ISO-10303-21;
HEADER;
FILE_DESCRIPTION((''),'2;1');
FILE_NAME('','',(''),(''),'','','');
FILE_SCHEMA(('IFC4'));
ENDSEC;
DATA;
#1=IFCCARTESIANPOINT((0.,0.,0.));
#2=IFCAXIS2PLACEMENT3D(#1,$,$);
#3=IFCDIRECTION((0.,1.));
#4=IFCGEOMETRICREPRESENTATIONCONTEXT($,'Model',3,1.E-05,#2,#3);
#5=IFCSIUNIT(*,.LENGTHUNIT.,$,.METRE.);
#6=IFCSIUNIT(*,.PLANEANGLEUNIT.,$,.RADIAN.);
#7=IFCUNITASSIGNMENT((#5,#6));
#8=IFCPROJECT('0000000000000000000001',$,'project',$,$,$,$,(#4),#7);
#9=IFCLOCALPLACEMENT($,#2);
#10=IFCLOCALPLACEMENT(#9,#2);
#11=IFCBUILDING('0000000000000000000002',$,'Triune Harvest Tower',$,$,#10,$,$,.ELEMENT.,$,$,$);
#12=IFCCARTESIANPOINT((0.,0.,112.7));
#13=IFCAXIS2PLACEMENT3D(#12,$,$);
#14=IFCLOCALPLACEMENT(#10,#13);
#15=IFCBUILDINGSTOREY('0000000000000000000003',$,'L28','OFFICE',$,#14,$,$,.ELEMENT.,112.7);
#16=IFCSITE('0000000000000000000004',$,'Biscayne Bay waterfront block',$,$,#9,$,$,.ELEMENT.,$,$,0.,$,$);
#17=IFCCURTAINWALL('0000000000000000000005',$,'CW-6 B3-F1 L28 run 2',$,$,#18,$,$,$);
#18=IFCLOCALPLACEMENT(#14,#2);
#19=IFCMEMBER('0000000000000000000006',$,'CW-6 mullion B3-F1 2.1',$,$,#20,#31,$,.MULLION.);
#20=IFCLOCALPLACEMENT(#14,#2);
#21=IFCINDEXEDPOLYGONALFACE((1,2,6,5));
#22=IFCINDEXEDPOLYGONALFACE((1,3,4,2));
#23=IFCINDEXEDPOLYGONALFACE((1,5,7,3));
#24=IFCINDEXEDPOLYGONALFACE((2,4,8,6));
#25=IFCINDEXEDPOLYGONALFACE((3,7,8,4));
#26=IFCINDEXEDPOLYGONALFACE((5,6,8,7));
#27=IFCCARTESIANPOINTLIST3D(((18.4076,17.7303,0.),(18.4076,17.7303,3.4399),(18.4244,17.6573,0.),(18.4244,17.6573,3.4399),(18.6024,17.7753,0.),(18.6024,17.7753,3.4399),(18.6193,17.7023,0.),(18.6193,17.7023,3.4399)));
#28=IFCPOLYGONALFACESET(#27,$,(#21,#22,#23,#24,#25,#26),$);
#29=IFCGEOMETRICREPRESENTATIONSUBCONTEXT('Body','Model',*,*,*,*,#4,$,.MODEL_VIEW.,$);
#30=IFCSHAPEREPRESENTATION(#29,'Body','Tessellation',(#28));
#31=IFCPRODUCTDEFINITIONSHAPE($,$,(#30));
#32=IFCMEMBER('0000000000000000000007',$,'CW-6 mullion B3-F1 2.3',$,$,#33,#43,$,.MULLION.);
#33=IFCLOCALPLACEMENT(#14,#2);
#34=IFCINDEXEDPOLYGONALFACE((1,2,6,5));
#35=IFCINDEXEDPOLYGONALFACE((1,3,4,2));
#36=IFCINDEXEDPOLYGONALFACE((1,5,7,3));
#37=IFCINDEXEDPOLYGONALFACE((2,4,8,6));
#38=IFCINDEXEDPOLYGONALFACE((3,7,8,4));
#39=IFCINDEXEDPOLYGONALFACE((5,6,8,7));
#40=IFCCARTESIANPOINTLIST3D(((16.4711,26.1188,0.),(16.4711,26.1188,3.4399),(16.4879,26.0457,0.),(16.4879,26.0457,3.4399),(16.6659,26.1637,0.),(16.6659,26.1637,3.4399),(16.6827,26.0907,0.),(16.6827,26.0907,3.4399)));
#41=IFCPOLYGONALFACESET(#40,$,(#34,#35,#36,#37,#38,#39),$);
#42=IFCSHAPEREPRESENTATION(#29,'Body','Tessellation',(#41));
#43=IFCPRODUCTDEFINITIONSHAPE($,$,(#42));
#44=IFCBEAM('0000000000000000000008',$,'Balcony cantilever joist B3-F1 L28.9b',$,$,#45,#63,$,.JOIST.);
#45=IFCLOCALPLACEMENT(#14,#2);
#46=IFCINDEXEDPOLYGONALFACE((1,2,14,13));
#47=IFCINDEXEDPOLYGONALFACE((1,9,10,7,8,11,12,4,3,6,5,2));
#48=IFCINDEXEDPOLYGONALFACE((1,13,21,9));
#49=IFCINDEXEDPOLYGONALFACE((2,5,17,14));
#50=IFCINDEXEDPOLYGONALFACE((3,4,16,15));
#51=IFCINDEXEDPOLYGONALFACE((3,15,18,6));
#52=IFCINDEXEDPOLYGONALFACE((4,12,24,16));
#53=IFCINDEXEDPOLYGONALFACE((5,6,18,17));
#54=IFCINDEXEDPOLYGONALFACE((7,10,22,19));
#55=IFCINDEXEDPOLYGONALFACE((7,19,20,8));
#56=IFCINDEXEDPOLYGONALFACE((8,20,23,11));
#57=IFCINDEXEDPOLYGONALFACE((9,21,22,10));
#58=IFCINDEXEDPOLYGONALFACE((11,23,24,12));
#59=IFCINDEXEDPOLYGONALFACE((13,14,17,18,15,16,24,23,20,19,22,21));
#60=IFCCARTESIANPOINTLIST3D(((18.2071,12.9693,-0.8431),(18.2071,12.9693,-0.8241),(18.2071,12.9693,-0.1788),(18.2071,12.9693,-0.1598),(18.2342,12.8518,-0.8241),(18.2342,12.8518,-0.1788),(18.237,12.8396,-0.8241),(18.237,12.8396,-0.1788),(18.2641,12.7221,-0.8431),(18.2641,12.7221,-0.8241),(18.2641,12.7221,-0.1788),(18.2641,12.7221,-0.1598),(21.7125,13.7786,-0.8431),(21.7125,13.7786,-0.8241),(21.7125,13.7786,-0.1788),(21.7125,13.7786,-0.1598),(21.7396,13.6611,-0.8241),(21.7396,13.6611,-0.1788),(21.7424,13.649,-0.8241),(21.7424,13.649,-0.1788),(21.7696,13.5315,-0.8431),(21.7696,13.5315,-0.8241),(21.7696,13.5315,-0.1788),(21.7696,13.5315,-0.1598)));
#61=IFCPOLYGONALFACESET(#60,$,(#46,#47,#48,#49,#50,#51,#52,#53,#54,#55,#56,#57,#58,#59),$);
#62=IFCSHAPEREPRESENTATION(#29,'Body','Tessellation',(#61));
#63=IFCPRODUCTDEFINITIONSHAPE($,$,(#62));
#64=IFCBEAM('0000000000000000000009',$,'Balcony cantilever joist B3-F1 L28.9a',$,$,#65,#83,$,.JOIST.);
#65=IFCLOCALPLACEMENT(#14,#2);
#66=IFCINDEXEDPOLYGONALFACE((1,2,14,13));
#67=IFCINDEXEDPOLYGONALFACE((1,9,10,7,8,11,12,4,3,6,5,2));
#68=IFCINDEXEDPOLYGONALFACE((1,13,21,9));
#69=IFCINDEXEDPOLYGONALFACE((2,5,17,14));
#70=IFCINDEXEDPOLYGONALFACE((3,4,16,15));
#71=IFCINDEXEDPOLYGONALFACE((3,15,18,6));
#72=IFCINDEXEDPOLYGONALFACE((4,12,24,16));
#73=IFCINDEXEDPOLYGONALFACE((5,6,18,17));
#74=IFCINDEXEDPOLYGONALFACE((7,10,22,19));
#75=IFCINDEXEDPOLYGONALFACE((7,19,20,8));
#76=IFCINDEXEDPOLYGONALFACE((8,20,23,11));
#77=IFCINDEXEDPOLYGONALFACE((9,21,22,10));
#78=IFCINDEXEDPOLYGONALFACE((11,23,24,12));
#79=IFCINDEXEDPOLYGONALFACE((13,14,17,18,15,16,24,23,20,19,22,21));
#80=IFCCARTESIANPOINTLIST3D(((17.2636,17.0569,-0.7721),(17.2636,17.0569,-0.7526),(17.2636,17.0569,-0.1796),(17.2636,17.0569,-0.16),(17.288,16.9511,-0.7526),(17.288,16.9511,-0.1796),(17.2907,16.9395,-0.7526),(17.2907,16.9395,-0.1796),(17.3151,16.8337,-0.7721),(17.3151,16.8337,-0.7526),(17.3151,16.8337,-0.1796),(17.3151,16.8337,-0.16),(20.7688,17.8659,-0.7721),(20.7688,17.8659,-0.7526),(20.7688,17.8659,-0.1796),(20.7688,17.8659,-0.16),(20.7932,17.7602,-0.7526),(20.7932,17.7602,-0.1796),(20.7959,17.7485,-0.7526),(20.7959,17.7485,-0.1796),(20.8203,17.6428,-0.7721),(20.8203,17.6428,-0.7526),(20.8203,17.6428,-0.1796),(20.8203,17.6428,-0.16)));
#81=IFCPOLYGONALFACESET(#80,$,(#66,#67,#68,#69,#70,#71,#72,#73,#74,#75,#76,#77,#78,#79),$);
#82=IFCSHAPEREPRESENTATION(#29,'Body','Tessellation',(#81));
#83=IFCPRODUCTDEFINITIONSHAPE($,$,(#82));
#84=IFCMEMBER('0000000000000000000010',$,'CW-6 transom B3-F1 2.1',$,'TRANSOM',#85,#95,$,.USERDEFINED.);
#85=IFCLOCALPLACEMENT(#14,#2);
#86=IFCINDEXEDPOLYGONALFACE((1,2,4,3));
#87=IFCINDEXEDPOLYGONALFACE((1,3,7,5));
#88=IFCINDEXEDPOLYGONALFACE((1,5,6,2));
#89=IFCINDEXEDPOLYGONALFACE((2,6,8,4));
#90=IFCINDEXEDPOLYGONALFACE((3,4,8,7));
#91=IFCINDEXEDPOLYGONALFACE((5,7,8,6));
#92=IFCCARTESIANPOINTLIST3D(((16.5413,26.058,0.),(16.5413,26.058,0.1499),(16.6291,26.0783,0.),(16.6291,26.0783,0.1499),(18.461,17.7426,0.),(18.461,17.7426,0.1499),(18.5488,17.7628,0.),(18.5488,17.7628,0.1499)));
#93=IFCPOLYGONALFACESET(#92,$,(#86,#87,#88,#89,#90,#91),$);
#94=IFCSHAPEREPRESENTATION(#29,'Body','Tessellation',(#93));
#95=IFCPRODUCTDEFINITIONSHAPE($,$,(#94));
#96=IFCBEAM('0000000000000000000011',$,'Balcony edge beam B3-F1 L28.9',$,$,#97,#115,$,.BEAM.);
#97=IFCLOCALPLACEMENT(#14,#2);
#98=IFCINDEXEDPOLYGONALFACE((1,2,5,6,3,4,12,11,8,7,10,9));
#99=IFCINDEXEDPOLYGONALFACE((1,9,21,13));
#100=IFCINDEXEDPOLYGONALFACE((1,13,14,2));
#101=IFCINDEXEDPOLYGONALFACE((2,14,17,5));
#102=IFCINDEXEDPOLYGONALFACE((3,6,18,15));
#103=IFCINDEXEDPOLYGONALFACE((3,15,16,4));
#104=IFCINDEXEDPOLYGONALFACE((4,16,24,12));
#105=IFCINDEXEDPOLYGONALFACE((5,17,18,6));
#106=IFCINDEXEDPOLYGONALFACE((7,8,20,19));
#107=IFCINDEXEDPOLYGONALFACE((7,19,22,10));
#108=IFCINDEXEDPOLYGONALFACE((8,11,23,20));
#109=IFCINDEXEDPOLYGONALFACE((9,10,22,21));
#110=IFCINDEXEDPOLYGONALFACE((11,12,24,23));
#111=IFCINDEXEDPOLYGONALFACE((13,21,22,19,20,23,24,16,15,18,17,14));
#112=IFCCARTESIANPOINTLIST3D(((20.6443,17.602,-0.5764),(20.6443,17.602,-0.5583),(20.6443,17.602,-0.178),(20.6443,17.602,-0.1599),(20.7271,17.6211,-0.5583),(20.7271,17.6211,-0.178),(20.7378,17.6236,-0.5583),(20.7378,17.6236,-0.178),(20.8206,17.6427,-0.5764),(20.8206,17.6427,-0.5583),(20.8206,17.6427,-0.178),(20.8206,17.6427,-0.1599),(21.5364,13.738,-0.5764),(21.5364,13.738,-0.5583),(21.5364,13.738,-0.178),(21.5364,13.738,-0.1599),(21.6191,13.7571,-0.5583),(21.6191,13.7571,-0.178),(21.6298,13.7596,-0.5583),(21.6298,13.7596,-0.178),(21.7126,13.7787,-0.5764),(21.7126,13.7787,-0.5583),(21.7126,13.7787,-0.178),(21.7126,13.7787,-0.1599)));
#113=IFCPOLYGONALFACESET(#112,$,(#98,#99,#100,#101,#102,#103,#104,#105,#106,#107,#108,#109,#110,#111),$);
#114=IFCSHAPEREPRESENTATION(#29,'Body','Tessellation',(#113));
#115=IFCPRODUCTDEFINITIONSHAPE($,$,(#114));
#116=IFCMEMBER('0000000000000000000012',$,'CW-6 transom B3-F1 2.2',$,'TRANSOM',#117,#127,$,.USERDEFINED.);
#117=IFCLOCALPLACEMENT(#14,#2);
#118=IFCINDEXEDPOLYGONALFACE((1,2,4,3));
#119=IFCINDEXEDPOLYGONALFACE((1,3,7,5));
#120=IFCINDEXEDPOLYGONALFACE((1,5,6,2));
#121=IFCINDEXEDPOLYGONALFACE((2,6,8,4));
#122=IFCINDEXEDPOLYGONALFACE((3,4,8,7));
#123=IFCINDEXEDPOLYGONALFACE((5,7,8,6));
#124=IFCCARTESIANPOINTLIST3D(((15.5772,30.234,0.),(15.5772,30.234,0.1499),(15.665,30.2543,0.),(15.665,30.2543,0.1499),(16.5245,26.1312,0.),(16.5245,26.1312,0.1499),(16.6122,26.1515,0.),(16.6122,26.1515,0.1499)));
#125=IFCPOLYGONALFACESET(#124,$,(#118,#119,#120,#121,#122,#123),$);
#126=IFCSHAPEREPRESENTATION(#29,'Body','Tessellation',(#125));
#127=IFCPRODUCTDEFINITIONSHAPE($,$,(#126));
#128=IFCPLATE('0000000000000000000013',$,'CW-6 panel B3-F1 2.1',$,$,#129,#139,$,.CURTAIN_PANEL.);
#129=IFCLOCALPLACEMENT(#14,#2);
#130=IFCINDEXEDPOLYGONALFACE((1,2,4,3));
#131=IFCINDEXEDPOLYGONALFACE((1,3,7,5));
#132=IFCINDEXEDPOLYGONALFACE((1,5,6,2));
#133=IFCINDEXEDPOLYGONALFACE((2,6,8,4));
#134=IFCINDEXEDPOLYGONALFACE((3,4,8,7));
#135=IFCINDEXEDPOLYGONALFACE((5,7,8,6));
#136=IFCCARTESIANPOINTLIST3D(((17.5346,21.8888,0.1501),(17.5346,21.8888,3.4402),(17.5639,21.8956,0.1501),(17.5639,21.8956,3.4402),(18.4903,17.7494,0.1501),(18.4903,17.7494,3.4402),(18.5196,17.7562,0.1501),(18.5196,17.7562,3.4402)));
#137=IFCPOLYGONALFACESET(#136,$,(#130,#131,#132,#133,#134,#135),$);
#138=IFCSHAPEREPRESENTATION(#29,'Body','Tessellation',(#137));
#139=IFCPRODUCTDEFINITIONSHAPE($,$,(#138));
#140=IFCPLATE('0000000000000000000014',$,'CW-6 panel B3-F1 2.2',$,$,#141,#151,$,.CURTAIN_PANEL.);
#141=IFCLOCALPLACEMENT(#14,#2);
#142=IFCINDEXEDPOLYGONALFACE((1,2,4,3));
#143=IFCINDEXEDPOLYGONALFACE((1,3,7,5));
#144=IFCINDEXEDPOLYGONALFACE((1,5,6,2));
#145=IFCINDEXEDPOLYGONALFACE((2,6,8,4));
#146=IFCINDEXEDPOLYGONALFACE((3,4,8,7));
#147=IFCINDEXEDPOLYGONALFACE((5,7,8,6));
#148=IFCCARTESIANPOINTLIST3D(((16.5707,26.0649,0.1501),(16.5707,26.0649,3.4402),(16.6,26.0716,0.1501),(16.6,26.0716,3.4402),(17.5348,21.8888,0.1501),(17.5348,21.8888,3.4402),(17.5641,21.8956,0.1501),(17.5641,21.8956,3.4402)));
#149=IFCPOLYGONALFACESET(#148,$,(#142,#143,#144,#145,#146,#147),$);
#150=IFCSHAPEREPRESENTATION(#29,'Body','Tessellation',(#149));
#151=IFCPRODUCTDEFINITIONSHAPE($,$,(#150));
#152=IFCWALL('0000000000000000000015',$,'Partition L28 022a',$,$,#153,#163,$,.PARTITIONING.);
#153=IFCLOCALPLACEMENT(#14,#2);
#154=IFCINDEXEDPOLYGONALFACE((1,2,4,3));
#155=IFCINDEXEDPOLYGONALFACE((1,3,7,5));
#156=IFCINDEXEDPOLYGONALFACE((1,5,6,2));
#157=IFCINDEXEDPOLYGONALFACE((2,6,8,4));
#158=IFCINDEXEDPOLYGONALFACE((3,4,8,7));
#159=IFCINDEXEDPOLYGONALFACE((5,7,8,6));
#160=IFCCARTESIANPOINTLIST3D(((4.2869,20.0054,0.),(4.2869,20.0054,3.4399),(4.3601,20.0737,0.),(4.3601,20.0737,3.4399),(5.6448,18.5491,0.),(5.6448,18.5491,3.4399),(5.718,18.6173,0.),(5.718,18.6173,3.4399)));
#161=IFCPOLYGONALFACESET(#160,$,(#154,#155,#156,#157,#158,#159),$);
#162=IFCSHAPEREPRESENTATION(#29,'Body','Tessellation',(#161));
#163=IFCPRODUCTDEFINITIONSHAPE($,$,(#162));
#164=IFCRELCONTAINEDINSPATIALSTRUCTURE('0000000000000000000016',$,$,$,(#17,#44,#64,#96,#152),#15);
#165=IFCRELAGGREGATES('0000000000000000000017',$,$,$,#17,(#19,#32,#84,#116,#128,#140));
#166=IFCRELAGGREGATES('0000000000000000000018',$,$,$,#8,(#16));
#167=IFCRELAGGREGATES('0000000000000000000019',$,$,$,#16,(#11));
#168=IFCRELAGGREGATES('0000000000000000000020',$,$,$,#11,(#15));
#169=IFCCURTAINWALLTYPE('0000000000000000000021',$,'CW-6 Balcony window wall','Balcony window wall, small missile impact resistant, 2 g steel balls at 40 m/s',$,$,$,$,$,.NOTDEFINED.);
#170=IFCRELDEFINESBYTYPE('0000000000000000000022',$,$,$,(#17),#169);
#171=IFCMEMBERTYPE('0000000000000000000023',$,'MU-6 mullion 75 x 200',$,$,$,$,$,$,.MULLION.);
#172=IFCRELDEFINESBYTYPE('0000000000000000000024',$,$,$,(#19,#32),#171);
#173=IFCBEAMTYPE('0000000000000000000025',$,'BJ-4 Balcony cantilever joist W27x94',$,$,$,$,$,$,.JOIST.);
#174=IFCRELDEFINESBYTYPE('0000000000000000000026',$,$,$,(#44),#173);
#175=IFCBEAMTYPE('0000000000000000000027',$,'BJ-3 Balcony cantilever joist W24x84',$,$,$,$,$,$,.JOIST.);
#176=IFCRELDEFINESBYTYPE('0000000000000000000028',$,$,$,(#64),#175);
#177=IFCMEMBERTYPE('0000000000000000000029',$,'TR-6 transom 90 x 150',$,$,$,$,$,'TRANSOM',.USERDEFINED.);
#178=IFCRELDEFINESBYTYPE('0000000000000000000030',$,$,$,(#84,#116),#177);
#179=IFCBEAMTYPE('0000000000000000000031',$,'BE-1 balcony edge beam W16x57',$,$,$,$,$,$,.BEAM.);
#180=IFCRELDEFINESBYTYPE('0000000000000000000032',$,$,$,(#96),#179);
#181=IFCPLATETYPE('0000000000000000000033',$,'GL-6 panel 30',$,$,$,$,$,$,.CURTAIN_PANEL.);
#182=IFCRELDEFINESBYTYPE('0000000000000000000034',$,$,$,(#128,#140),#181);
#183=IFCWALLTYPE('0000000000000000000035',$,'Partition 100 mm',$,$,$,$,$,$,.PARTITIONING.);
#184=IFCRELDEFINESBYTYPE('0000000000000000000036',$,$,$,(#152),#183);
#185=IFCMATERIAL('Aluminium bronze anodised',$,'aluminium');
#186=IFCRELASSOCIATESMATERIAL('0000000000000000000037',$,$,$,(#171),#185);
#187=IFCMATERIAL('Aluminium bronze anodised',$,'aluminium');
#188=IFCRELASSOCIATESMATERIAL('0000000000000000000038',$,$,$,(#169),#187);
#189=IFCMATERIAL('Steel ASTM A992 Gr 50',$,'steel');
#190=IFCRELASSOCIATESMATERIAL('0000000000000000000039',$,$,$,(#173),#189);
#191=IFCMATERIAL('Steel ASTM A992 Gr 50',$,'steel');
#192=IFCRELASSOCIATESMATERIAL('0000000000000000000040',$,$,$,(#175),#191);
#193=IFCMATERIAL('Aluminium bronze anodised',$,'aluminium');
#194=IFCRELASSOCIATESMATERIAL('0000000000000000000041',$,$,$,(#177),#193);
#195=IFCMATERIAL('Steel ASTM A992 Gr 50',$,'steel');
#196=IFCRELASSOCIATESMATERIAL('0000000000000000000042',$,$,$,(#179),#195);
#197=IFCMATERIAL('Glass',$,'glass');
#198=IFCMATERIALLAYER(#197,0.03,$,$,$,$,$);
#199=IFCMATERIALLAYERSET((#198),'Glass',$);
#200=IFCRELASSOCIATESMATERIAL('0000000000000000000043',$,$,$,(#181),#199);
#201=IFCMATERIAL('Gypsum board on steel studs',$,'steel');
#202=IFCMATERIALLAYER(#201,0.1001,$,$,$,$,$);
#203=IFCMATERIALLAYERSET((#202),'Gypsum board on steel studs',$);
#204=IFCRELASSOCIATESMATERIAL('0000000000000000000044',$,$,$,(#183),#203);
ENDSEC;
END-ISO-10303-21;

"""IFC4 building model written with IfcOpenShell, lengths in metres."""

from ifc_helpers import new_model, si_unit, direction, frame, frame_2d, origin, origin_2d, place, context, subcontext, project, spatial, rectangle, i_section, extrude, source, transform, mapped, material, layer, layer_set, material_profile, profile_set, type_object, element, aggregate, save


model = new_model("IFC4")

# Units and contexts
model_context = context("Model", 3, precision=1e-05, world=origin(), true_north=direction((0.0, 1.0)))
body_context = subcontext(model_context, "Body", "Model", "MODEL_VIEW")
ifc_project = project(units=[si_unit("LENGTHUNIT", "METRE"), si_unit("PLANEANGLEUNIT", "RADIAN")], contexts=[model_context])

# Site, building, storey
site_placement = place(None, origin())
site = spatial("IfcSite", under=ifc_project, at=site_placement, Name="Biscayne Bay waterfront block", CompositionType="ELEMENT", RefElevation=0.0)
building_placement = place(site_placement, origin())
building = spatial("IfcBuilding", under=site, at=building_placement, Name="Triune Harvest Tower", CompositionType="ELEMENT")
storey_placement = place(building_placement, frame((0.0, 0.0, 112.7)))
storey = spatial("IfcBuildingStorey", under=building, at=storey_placement, Name="L28", Description="OFFICE", CompositionType="ELEMENT", Elevation=112.7)

# Shared definitions
ifc_material_1 = material(Name="Aluminium bronze anodised", Category="aluminium")
ifc_material_profile_1 = material_profile(ifc_material_1, rectangle(XDim=0.2, YDim=0.075, at=origin_2d()), Name="MU-6 mullion 75 x 200")
ifc_profile_set_1 = profile_set([ifc_material_profile_1], Name="Aluminium bronze anodised")
member_type_1 = type_object("IfcMemberType", Name="MU-6 mullion 75 x 200", PredefinedType="MULLION", material=ifc_profile_set_1)
shared_shape_1 = source(origin(), body_context, "Body", "SweptSolid", [
    extrude(rectangle(XDim=0.2, YDim=0.075, at=origin_2d()), origin(), (0.0, 0.0, 1.0), 3.4399),
])

# Curtain wall, members
ifc_material_2 = material(Name="Aluminium bronze anodised", Category="aluminium")
curtain_wall_type_1 = type_object("IfcCurtainWallType", Name="CW-6 Balcony window wall", Description="Balcony window wall, small missile impact resistant, 2 g steel balls at 40 m/s", PredefinedType="NOTDEFINED", material=ifc_material_2)
curtain_wall_1_placement = place(storey_placement, origin())
curtain_wall_1 = element("IfcCurtainWall", 1, at=curtain_wall_1_placement, inside=storey, type_object=curtain_wall_type_1, Name="CW-6 B3-F1 L28 run 2")
member_1_placement = place(storey_placement, frame((18.5134, 17.7163, 0.0), z_axis=(0.0, 0.0, 1.0), x_axis=(-0.97437, -0.224951, 0.0)))
member_1 = element("IfcMember", 2, at=member_1_placement, type_object=member_type_1, Name="CW-6 mullion B3-F1 2.1", PredefinedType="MULLION", context=body_context, shape_type="MappedRepresentation", body=[
    mapped(shared_shape_1, transform((0.0, 0.0, 0.0), scale=1.0)),
])
member_2_placement = place(storey_placement, frame((16.5769, 26.1047, 0.0), z_axis=(0.0, 0.0, 1.0), x_axis=(-0.97437, -0.224951, 0.0)))
member_2 = element("IfcMember", 3, at=member_2_placement, type_object=member_type_1, Name="CW-6 mullion B3-F1 2.3", PredefinedType="MULLION", context=body_context, shape_type="MappedRepresentation", body=[
    mapped(shared_shape_1, transform((0.0, 0.0, 0.0), scale=1.0)),
])

# Beams
ifc_material_3 = material(Name="Steel ASTM A992 Gr 50", Category="steel")
ifc_material_profile_2 = material_profile(ifc_material_3, i_section(OverallWidth=0.2537, OverallDepth=0.6833, WebThickness=0.0125, FlangeThickness=0.019, at=origin_2d()), Name="W27x94")
ifc_profile_set_2 = profile_set([ifc_material_profile_2], Name="Steel ASTM A992 Gr 50")
beam_type_1 = type_object("IfcBeamType", Name="BJ-4 Balcony cantilever joist W27x94", PredefinedType="JOIST", material=ifc_profile_set_2)
shared_shape_2 = source(origin(), body_context, "Body", "SweptSolid", [
    extrude(i_section(OverallWidth=0.2537, OverallDepth=0.6833, WebThickness=0.0125, FlangeThickness=0.019, at=origin_2d()), origin(), (0.0, 0.0, 1.0), 3.5977),
])
beam_1_placement = place(storey_placement, frame((18.2356, 12.8457, -0.5015), z_axis=(0.974367, 0.224964, 0.0), x_axis=(-0.224964, 0.974367, 0.0)))
element("IfcBeam", 4, at=beam_1_placement, inside=storey, type_object=beam_type_1, Name="Balcony cantilever joist B3-F1 L28.9b", PredefinedType="JOIST", context=body_context, shape_type="MappedRepresentation", body=[
    mapped(shared_shape_2, transform((0.0, 0.0, 0.0), scale=1.0)),
])
ifc_material_4 = material(Name="Steel ASTM A992 Gr 50", Category="steel")
ifc_material_profile_3 = material_profile(ifc_material_4, i_section(OverallWidth=0.229, OverallDepth=0.6121, WebThickness=0.012, FlangeThickness=0.0195, at=origin_2d()), Name="W24x84")
ifc_profile_set_3 = profile_set([ifc_material_profile_3], Name="Steel ASTM A992 Gr 50")
beam_type_2 = type_object("IfcBeamType", Name="BJ-3 Balcony cantilever joist W24x84", PredefinedType="JOIST", material=ifc_profile_set_3)
shared_shape_3 = source(origin(), body_context, "Body", "SweptSolid", [
    extrude(i_section(OverallWidth=0.229, OverallDepth=0.6121, WebThickness=0.012, FlangeThickness=0.0195, at=origin_2d()), origin(), (0.0, 0.0, 1.0), 3.5974),
])
beam_2_placement = place(storey_placement, frame((17.2893, 16.9453, -0.4661), z_axis=(0.974382, 0.224899, 0.0), x_axis=(-0.224899, 0.974382, 0.0)))
element("IfcBeam", 5, at=beam_2_placement, inside=storey, type_object=beam_type_2, Name="Balcony cantilever joist B3-F1 L28.9a", PredefinedType="JOIST", context=body_context, shape_type="MappedRepresentation", body=[
    mapped(shared_shape_3, transform((0.0, 0.0, 0.0), scale=1.0)),
])

# Member
ifc_material_5 = material(Name="Aluminium bronze anodised", Category="aluminium")
ifc_material_profile_4 = material_profile(ifc_material_5, rectangle(XDim=0.0901, YDim=0.1499, at=origin_2d()), Name="TR-6 transom 90 x 150")
ifc_profile_set_4 = profile_set([ifc_material_profile_4], Name="Aluminium bronze anodised")
member_type_2 = type_object("IfcMemberType", Name="TR-6 transom 90 x 150", ElementType="TRANSOM", PredefinedType="USERDEFINED", material=ifc_profile_set_4)
shared_shape_4 = source(origin(), body_context, "Body", "SweptSolid", [
    extrude(rectangle(XDim=0.0901, YDim=0.1499, at=origin_2d()), origin(), (0.0, 0.0, 1.0), 8.5342),
])
member_3_placement = place(storey_placement, frame((18.5049, 17.7527, 0.075), z_axis=(-0.224941, 0.974372, 0.0), x_axis=(-0.974372, -0.224941, 0.0)))
member_3 = element("IfcMember", 6, at=member_3_placement, type_object=member_type_2, Name="CW-6 transom B3-F1 2.1", ObjectType="TRANSOM", PredefinedType="USERDEFINED", context=body_context, shape_type="MappedRepresentation", body=[
    mapped(shared_shape_4, transform((0.0, 0.0, 0.0), scale=1.0)),
])

# Beam
ifc_material_6 = material(Name="Steel ASTM A992 Gr 50", Category="steel")
ifc_material_profile_5 = material_profile(ifc_material_6, i_section(OverallWidth=0.1809, OverallDepth=0.4165, WebThickness=0.011, FlangeThickness=0.0181, at=origin_2d()), Name="W16x57")
ifc_profile_set_5 = profile_set([ifc_material_profile_5], Name="Steel ASTM A992 Gr 50")
beam_type_3 = type_object("IfcBeamType", Name="BE-1 balcony edge beam W16x57", PredefinedType="BEAM", material=ifc_profile_set_5)
shared_shape_5 = source(origin(), body_context, "Body", "SweptSolid", [
    extrude(i_section(OverallWidth=0.1809, OverallDepth=0.4165, WebThickness=0.011, FlangeThickness=0.0181, at=origin_2d()), origin(), (0.0, 0.0, 1.0), 3.9656),
])
beam_3_placement = place(storey_placement, frame((20.7324, 17.6223, -0.3682), z_axis=(0.224954, -0.974369, 0.0), x_axis=(0.974369, 0.224954, 0.0)))
element("IfcBeam", 7, at=beam_3_placement, inside=storey, type_object=beam_type_3, Name="Balcony edge beam B3-F1 L28.9", PredefinedType="BEAM", context=body_context, shape_type="MappedRepresentation", body=[
    mapped(shared_shape_5, transform((0.0, 0.0, 0.0), scale=1.0)),
])

# Member
shared_shape_6 = source(origin(), body_context, "Body", "SweptSolid", [
    extrude(rectangle(XDim=0.0901, YDim=0.1499, at=origin_2d()), origin(), (0.0, 0.0, 1.0), 4.2107),
])
member_4_placement = place(storey_placement, frame((16.5684, 26.1414, 0.075), z_axis=(-0.224965, 0.974367, 0.0), x_axis=(-0.974367, -0.224965, 0.0)))
member_4 = element("IfcMember", 8, at=member_4_placement, type_object=member_type_2, Name="CW-6 transom B3-F1 2.2", ObjectType="TRANSOM", PredefinedType="USERDEFINED", context=body_context, shape_type="MappedRepresentation", body=[
    mapped(shared_shape_6, transform((0.0, 0.0, 0.0), scale=1.0)),
])

# Plates
ifc_material_7 = material(Name="Glass", Category="glass")
ifc_layer_1 = layer(ifc_material_7, 0.03)
ifc_layer_set_1 = layer_set([ifc_layer_1], Name="Glass")
plate_type = type_object("IfcPlateType", Name="GL-6 panel 30", PredefinedType="CURTAIN_PANEL", material=ifc_layer_set_1)
shared_shape_7 = source(origin(), body_context, "Body", "SweptSolid", [
    extrude(rectangle(XDim=4.2483, YDim=0.03, at=origin_2d()), origin(), (0.0, 0.0, 1.0), 3.29),
])
plate_1_placement = place(storey_placement, frame((18.0271, 19.8225, 0.1501), z_axis=(0.0, 0.0, 1.0), x_axis=(-0.224951, 0.97437, 0.0)))
plate_1 = element("IfcPlate", 9, at=plate_1_placement, type_object=plate_type, Name="CW-6 panel B3-F1 2.1", PredefinedType="CURTAIN_PANEL", context=body_context, shape_type="MappedRepresentation", body=[
    mapped(shared_shape_7, transform((0.0, 0.0, 0.0), scale=1.0)),
])
shared_shape_8 = source(origin(), body_context, "Body", "SweptSolid", [
    extrude(rectangle(XDim=4.2859, YDim=0.03, at=origin_2d()), origin(), (0.0, 0.0, 1.0), 3.29),
])
plate_2_placement = place(storey_placement, frame((17.0674, 23.9802, 0.1501), z_axis=(0.0, 0.0, 1.0), x_axis=(-0.224951, 0.97437, 0.0)))
plate_2 = element("IfcPlate", 10, at=plate_2_placement, type_object=plate_type, Name="CW-6 panel B3-F1 2.2", PredefinedType="CURTAIN_PANEL", context=body_context, shape_type="MappedRepresentation", body=[
    mapped(shared_shape_8, transform((0.0, 0.0, 0.0), scale=1.0)),
])
aggregate(curtain_wall_1, [member_1, member_2, member_3, member_4, plate_1, plate_2])

# Wall
ifc_material_8 = material(Name="Gypsum board on steel studs", Category="steel")
ifc_layer_2 = layer(ifc_material_8, 0.1001)
ifc_layer_set_2 = layer_set([ifc_layer_2], Name="Gypsum board on steel studs")
wall_type_1 = type_object("IfcWallType", Name="Partition 100 mm", PredefinedType="PARTITIONING", material=ifc_layer_set_2)
shared_shape_9 = source(origin(), body_context, "Body", "SweptSolid", [
    extrude(rectangle(XDim=1.9912, YDim=0.1001, at=frame_2d((0.9956, 0.0))), origin(), (0.0, 0.0, 1.0), 3.4399),
])
wall_1_placement = place(storey_placement, frame((4.3235, 20.0396, 0.0), z_axis=(0.0, 0.0, 1.0), x_axis=(0.681969, -0.731381, 0.0)))
element("IfcWall", 11, at=wall_1_placement, inside=storey, type_object=wall_type_1, Name="Partition L28 022a", PredefinedType="PARTITIONING", context=body_context, shape_type="MappedRepresentation", body=[
    mapped(shared_shape_9, transform((0.0, 0.0, 0.0), scale=1.0)),
])

save(model, "model.ifc")
